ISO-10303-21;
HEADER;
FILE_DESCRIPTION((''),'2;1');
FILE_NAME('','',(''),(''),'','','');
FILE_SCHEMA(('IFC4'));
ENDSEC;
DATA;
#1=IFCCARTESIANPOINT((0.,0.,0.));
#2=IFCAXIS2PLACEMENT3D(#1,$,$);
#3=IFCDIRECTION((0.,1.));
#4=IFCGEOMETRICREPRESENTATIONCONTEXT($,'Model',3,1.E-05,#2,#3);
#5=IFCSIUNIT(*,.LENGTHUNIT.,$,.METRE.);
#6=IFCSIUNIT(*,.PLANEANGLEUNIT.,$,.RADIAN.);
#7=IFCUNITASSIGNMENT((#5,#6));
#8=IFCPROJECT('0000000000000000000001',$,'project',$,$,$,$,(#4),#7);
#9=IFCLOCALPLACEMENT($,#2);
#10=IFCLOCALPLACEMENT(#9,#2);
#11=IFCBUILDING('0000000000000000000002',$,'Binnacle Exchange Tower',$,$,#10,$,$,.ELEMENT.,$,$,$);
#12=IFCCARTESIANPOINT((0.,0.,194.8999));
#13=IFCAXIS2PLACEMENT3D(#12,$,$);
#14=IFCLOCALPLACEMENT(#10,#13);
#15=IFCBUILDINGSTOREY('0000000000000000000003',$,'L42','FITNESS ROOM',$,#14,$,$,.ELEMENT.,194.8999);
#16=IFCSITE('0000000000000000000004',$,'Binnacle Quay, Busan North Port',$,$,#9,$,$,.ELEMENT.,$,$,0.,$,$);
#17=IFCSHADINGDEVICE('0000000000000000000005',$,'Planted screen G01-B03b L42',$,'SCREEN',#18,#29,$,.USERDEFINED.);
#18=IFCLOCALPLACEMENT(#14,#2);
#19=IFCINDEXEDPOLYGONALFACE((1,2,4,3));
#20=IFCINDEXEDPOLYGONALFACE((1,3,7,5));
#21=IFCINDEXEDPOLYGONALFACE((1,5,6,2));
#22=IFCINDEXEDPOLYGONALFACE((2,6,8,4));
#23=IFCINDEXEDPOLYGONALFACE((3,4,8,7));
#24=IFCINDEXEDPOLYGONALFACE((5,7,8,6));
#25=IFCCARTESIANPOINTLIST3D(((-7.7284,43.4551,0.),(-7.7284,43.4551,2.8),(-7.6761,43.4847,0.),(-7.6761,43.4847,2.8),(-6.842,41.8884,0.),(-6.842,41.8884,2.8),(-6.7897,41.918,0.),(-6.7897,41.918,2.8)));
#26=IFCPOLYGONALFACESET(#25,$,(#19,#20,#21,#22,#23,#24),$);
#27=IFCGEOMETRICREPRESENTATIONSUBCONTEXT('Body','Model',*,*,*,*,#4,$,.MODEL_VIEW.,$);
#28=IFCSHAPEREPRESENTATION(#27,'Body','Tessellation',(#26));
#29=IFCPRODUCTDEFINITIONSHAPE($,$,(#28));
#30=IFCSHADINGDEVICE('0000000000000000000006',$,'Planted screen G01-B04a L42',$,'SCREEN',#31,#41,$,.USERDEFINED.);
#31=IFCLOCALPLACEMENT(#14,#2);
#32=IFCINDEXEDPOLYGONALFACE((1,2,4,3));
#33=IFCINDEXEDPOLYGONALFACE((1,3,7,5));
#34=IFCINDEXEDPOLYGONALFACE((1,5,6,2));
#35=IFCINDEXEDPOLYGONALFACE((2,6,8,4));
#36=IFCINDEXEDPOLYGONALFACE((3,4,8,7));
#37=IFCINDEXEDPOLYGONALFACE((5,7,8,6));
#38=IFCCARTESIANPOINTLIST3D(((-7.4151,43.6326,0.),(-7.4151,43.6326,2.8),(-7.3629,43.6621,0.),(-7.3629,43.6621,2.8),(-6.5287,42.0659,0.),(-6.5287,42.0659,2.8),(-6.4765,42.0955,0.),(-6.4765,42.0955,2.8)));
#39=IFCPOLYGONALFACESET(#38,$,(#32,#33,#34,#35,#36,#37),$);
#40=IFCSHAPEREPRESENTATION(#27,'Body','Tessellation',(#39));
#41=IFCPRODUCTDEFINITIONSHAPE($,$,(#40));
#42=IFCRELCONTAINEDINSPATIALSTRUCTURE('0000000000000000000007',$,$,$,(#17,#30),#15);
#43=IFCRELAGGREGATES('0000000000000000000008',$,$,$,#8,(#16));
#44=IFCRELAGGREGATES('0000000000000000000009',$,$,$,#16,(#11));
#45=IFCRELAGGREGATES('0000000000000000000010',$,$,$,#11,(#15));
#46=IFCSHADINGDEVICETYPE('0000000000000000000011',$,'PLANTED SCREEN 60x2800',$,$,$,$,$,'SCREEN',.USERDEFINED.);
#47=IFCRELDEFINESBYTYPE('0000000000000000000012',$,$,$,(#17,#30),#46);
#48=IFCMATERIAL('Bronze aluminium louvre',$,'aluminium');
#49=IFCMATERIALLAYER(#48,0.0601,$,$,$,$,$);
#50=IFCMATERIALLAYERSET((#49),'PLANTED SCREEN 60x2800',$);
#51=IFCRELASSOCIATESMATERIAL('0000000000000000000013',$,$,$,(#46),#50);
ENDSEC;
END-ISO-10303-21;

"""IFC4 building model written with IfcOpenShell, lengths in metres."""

from ifc_helpers import new_model, si_unit, direction, frame, origin, origin_2d, place, context, subcontext, project, spatial, rectangle, extrude, material, layer, layer_set, type_object, element, save


model = new_model("IFC4")

# Units and contexts
model_context = context("Model", 3, precision=1e-05, world=origin(), true_north=direction((0.0, 1.0)))
body_context = subcontext(model_context, "Body", "Model", "MODEL_VIEW")
ifc_project = project(units=[si_unit("LENGTHUNIT", "METRE"), si_unit("PLANEANGLEUNIT", "RADIAN")], contexts=[model_context])

# Site, building, storey
site_placement = place(None, origin())
site = spatial("IfcSite", under=ifc_project, at=site_placement, Name="Binnacle Quay, Busan North Port", CompositionType="ELEMENT", RefElevation=0.0)
building_placement = place(site_placement, origin())
building = spatial("IfcBuilding", under=site, at=building_placement, Name="Binnacle Exchange Tower", CompositionType="ELEMENT")
storey_placement = place(building_placement, frame((0.0, 0.0, 194.8999)))
storey = spatial("IfcBuildingStorey", under=building, at=storey_placement, Name="L42", Description="FITNESS ROOM", CompositionType="ELEMENT", Elevation=194.8999)

# Shading devices
ifc_material_1 = material(Name="Bronze aluminium louvre", Category="aluminium")
ifc_layer_1 = layer(ifc_material_1, 0.0601)
ifc_layer_set_1 = layer_set([ifc_layer_1], Name="PLANTED SCREEN 60x2800")
shading_device_type = type_object("IfcShadingDeviceType", Name="PLANTED SCREEN 60x2800", ElementType="SCREEN", PredefinedType="USERDEFINED", material=ifc_layer_set_1)
for number, where, z_axis, x_axis, name in (
    (1, (-7.259, 42.6865, 0.0), (0.0, 0.0, 1.0), (0.870356, 0.492424, 0.0), "Planted screen G01-B03b L42"),
    (2, (-6.9458, 42.864, 0.0), (0.0, 0.0, 1.0), (0.870356, 0.492424, 0.0), "Planted screen G01-B04a L42"),
):
    element("IfcShadingDevice", number, at=place(storey_placement, frame(where, z_axis=z_axis, x_axis=x_axis)), inside=storey, type_object=shading_device_type, Name=name, ObjectType="SCREEN", PredefinedType="USERDEFINED", context=body_context, shape_type="SweptSolid", body=[
        extrude(rectangle(XDim=0.0601, YDim=1.8, at=origin_2d()), origin(), (0.0, 0.0, 1.0), 2.8),
    ])

save(model, "model.ifc")
